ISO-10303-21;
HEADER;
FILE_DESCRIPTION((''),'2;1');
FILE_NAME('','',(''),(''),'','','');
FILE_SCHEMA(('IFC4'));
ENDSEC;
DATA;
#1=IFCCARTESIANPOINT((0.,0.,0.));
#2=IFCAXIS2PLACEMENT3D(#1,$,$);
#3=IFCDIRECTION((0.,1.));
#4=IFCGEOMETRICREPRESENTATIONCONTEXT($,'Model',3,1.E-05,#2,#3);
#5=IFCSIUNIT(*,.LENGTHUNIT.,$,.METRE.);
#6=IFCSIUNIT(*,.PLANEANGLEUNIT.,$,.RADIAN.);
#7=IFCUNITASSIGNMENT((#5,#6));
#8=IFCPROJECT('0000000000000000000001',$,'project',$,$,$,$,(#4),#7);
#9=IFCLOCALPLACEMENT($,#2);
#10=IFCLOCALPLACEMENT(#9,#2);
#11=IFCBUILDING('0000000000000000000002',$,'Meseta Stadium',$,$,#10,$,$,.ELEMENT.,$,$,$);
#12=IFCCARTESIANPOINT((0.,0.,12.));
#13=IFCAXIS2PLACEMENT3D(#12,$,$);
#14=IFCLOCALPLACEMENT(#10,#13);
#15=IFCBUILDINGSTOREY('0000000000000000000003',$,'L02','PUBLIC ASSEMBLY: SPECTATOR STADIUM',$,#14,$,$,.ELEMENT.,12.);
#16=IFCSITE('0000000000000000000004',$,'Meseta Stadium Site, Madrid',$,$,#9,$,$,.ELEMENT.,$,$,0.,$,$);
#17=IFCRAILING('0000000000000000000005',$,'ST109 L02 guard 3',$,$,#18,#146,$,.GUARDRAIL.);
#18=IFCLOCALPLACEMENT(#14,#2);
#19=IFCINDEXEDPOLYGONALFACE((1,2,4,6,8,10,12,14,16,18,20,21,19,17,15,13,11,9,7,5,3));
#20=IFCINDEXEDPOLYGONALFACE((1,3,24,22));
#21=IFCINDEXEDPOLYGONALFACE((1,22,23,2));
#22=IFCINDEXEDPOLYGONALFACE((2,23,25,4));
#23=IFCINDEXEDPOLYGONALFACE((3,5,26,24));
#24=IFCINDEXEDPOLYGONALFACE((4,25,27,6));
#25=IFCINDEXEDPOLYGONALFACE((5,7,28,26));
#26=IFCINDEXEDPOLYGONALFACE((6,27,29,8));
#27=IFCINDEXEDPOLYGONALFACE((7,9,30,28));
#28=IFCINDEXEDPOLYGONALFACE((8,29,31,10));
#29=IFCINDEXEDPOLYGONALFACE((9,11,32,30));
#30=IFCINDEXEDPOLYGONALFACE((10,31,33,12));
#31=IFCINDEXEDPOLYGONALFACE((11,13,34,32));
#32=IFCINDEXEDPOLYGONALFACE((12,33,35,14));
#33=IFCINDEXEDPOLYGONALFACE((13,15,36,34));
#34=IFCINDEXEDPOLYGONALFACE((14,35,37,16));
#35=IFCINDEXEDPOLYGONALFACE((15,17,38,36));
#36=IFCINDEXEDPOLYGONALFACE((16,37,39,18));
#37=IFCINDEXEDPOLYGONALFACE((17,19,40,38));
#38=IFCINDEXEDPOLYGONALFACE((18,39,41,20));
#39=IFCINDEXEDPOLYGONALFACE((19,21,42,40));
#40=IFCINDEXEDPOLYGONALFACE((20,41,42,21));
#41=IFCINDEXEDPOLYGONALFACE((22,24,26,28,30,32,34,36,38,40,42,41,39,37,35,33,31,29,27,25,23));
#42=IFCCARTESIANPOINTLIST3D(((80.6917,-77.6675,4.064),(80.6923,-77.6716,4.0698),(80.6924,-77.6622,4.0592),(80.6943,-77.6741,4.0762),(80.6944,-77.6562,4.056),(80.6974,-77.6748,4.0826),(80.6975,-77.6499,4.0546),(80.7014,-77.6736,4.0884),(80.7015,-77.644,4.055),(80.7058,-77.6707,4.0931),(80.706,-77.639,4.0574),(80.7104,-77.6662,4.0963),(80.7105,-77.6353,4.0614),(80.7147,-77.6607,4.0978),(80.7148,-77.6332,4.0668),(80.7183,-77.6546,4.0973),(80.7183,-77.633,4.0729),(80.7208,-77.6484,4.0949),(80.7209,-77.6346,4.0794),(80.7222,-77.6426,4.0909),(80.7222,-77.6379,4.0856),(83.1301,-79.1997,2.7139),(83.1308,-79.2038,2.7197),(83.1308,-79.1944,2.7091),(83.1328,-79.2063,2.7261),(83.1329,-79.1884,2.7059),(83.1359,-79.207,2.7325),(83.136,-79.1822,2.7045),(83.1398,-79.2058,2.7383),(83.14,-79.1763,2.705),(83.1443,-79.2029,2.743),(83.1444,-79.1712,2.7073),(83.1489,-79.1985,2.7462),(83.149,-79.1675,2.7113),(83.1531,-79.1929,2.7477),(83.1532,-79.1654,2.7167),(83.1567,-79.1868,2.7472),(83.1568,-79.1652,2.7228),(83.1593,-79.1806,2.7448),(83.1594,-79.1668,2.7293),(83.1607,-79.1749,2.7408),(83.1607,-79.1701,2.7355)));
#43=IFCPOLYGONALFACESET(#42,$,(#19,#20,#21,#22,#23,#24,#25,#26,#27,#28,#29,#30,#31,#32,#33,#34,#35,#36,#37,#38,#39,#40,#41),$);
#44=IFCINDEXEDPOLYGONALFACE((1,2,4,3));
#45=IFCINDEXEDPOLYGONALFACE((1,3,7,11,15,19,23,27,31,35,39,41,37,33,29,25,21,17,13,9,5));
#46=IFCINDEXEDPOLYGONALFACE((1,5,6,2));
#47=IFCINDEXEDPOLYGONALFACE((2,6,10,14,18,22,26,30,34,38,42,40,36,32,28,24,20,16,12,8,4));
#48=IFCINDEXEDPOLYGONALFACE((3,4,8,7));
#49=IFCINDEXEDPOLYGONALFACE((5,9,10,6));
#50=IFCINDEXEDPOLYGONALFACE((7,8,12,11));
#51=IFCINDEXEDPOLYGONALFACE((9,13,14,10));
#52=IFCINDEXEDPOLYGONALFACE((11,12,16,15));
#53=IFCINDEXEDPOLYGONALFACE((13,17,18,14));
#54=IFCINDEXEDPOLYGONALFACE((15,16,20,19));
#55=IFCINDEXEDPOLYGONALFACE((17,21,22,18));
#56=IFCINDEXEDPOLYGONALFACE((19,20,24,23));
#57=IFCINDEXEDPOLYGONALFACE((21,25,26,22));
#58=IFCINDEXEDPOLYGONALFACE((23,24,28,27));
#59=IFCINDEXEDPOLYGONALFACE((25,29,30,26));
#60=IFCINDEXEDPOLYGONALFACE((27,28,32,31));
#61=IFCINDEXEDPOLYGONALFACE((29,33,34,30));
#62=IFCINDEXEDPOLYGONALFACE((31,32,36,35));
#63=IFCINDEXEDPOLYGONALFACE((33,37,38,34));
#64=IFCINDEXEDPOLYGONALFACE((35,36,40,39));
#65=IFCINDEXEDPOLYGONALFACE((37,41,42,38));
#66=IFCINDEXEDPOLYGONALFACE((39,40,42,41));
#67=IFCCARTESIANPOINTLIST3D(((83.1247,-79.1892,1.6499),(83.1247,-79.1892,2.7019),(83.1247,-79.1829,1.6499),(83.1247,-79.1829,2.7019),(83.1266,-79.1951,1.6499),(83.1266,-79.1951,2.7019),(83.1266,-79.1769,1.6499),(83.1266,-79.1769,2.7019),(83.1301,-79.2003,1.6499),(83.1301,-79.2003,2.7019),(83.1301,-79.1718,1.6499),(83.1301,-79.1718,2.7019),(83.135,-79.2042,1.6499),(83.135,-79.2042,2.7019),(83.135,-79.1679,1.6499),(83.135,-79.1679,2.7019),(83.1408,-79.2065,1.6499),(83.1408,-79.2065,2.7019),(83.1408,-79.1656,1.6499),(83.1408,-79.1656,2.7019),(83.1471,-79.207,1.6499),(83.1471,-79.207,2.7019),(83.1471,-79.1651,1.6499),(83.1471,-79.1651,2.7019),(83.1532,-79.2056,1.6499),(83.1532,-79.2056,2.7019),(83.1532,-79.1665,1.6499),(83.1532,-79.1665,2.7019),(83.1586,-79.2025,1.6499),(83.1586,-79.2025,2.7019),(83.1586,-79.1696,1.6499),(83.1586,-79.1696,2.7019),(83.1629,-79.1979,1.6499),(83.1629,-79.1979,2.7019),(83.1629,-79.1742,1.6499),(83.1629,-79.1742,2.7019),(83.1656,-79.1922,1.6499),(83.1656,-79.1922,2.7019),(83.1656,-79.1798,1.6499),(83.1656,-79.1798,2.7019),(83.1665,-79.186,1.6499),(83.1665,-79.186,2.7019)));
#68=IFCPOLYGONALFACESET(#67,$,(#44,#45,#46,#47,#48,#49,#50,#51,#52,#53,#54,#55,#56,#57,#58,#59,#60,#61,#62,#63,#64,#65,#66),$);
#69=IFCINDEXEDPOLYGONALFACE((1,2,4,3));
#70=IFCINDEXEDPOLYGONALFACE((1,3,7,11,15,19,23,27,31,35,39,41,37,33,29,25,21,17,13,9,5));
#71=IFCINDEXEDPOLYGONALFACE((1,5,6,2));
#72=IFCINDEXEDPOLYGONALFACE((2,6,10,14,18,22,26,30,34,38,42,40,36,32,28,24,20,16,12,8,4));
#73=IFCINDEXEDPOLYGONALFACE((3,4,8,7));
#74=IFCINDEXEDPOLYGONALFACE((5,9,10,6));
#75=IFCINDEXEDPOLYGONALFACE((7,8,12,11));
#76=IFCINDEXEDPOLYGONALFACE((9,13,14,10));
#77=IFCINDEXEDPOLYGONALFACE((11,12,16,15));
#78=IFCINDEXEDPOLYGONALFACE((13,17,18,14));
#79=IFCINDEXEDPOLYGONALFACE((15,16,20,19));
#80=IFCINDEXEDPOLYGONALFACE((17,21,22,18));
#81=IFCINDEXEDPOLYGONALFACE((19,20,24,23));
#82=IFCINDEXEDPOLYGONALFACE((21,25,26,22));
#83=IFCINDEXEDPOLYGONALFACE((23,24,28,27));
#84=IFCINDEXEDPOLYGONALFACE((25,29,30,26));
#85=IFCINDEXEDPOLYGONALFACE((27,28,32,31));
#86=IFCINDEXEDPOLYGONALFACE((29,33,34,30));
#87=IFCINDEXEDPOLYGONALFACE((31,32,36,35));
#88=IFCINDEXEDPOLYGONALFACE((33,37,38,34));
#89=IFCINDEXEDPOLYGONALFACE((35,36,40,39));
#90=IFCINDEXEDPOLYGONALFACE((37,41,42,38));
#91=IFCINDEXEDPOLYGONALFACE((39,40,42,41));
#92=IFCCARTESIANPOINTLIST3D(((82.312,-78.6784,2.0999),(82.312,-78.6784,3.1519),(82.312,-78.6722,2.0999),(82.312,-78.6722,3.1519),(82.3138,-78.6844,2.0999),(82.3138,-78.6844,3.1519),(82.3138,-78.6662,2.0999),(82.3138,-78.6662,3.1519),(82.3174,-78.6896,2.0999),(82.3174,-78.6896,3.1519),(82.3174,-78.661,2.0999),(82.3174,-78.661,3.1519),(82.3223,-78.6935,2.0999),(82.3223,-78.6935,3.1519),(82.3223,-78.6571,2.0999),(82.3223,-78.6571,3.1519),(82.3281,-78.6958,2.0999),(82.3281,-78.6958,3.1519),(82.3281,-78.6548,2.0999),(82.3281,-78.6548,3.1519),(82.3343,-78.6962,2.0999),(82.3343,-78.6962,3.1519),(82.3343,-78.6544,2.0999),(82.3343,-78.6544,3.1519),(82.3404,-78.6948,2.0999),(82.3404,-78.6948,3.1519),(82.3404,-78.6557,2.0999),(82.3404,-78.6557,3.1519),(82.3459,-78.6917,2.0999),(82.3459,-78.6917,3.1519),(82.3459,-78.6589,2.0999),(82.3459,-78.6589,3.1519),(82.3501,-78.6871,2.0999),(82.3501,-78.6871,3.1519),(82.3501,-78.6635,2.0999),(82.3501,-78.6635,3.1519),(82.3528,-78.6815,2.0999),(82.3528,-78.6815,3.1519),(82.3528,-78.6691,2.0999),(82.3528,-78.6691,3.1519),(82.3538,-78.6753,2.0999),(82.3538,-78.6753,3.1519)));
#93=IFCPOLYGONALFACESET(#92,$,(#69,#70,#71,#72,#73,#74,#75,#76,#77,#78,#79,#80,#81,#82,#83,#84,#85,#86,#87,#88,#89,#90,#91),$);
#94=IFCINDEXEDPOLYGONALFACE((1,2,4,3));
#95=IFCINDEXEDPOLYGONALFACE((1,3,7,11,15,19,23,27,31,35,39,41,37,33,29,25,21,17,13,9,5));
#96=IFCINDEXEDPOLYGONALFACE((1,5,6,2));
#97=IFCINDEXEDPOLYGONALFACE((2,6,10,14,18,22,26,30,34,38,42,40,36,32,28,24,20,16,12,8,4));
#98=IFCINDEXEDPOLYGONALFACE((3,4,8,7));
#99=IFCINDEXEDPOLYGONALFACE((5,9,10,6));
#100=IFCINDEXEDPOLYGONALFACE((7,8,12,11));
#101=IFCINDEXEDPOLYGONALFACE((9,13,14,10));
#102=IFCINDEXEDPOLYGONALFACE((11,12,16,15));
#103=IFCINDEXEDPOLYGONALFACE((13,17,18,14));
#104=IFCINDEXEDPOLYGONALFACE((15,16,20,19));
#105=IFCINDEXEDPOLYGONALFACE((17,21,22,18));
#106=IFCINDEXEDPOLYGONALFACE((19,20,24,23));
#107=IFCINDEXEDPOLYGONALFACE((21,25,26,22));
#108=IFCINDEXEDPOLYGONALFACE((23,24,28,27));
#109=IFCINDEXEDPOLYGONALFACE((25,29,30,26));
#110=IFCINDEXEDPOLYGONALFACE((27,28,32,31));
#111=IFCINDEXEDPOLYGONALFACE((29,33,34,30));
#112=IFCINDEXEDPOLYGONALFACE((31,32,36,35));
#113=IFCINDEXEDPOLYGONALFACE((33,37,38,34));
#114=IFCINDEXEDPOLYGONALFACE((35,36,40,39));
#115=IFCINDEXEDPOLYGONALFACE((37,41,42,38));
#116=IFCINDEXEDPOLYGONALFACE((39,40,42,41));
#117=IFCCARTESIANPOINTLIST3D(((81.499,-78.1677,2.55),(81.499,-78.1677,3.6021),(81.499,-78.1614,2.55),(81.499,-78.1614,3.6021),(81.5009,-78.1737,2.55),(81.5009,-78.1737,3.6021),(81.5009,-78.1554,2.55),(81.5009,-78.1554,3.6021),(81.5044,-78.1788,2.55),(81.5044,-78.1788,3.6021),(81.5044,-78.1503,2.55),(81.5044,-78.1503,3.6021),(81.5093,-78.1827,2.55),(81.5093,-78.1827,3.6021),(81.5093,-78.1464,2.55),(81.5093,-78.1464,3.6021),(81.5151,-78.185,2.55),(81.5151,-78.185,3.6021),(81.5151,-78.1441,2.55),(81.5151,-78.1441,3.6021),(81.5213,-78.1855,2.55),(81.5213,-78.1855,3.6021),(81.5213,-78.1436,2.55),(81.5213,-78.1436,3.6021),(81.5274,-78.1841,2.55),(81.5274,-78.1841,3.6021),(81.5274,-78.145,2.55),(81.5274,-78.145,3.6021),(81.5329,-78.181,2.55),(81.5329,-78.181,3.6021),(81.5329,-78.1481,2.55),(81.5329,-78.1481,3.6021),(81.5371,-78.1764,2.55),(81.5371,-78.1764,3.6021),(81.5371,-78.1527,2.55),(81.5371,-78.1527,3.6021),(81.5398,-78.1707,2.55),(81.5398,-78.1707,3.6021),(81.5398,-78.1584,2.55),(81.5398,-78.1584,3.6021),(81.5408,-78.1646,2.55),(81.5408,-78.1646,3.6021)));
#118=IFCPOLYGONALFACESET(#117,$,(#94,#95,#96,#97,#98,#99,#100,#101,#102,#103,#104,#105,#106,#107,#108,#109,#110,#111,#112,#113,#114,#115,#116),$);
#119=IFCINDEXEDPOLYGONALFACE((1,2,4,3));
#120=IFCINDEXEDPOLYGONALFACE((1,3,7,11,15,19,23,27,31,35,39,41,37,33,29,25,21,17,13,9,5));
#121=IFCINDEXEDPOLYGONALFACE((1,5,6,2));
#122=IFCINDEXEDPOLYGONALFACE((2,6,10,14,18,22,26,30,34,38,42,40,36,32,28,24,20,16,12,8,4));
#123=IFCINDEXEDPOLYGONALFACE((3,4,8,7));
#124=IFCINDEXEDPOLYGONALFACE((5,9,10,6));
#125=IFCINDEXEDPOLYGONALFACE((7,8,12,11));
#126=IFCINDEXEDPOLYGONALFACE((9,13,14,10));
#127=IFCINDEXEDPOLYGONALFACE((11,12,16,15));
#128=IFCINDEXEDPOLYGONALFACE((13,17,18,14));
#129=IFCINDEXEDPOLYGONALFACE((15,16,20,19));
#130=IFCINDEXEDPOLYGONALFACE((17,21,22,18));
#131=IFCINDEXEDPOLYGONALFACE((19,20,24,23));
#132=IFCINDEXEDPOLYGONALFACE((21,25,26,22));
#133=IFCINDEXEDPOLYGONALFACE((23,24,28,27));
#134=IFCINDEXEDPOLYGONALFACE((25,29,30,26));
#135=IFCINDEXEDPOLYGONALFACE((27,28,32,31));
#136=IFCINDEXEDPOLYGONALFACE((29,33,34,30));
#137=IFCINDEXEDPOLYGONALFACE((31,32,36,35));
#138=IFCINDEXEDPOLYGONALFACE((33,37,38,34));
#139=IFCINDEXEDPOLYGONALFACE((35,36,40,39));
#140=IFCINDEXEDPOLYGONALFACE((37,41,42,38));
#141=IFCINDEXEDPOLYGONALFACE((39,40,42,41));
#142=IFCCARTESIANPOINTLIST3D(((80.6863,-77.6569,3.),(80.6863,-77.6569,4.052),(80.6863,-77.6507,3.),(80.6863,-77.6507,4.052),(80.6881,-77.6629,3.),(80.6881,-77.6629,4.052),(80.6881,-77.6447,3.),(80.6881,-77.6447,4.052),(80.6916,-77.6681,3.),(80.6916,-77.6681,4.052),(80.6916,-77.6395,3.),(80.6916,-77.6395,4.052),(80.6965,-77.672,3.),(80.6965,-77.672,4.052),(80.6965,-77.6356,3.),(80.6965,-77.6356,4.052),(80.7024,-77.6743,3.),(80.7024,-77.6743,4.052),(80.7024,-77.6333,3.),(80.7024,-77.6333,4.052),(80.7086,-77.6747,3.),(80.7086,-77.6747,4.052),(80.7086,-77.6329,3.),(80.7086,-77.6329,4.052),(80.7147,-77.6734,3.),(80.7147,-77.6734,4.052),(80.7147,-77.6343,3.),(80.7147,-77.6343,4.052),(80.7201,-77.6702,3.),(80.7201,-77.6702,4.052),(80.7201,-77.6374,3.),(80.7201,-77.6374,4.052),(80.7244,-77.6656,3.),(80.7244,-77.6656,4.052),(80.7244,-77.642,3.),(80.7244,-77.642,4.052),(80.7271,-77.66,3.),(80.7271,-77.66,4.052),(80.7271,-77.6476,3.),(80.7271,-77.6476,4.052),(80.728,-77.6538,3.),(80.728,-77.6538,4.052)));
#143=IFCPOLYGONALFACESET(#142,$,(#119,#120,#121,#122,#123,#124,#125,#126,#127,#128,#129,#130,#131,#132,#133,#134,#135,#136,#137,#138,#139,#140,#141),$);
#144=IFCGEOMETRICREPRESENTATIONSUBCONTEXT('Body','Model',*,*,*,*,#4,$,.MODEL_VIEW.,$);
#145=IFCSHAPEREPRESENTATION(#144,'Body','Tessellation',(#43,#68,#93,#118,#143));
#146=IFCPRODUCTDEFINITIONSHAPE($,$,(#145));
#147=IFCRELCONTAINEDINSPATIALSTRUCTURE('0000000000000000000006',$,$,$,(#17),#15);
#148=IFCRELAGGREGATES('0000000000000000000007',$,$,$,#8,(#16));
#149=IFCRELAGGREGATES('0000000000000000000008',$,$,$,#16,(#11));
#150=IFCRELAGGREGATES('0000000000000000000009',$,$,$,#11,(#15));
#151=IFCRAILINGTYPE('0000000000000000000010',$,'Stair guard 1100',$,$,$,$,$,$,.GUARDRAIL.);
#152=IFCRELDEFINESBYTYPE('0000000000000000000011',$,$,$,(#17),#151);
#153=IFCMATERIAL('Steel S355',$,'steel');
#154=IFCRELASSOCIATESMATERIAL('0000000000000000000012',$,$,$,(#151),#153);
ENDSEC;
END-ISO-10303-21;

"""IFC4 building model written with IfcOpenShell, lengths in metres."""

from ifc_helpers import new_model, si_unit, direction, frame, origin, origin_2d, place, context, subcontext, project, spatial, circle, extrude, material, type_object, element, save


model = new_model("IFC4")

# Units and contexts
model_context = context("Model", 3, precision=1e-05, world=origin(), true_north=direction((0.0, 1.0)))
body_context = subcontext(model_context, "Body", "Model", "MODEL_VIEW")
ifc_project = project(units=[si_unit("LENGTHUNIT", "METRE"), si_unit("PLANEANGLEUNIT", "RADIAN")], contexts=[model_context])

# Site, building, storey
site_placement = place(None, origin())
site = spatial("IfcSite", under=ifc_project, at=site_placement, Name="Meseta Stadium Site, Madrid", CompositionType="ELEMENT", RefElevation=0.0)
building_placement = place(site_placement, origin())
building = spatial("IfcBuilding", under=site, at=building_placement, Name="Meseta Stadium", CompositionType="ELEMENT")
storey_placement = place(building_placement, frame((0.0, 0.0, 12.0)))
storey = spatial("IfcBuildingStorey", under=building, at=storey_placement, Name="L02", Description="PUBLIC ASSEMBLY: SPECTATOR STADIUM", CompositionType="ELEMENT", Elevation=12.0)

# Railing
ifc_material_1 = material(Name="Steel S355", Category="steel")
railing_type_1 = type_object("IfcRailingType", Name="Stair guard 1100", PredefinedType="GUARDRAIL", material=ifc_material_1)
railing_1_placement = place(storey_placement, frame((83.1455, -79.186, 1.6499)))
element("IfcRailing", 1, at=railing_1_placement, inside=storey, type_object=railing_type_1, Name="ST109 L02 guard 3", PredefinedType="GUARDRAIL", context=body_context, shape_type="SweptSolid", body=[
    extrude(circle(Radius=0.0239, at=origin_2d()), frame((0.0, 0.0, 1.0762), z_axis=(-0.766655, 0.481731, 0.42447), x_axis=(-0.53204, -0.846719, 0.0)), (0.0, 0.0, 1.0), 3.1807),
    extrude(circle(Radius=0.021, at=origin_2d()), origin(), (0.0, 0.0, 1.0), 1.052),
    extrude(circle(Radius=0.021, at=origin_2d()), frame((-0.8127, 0.5107, 0.45)), (0.0, 0.0, 1.0), 1.052),
    extrude(circle(Radius=0.021, at=origin_2d()), frame((-1.6257, 1.0215, 0.9001)), (0.0, 0.0, 1.0), 1.052),
    extrude(circle(Radius=0.021, at=origin_2d()), frame((-2.4385, 1.5322, 1.3501)), (0.0, 0.0, 1.0), 1.052),
])

save(model, "model.ifc")
